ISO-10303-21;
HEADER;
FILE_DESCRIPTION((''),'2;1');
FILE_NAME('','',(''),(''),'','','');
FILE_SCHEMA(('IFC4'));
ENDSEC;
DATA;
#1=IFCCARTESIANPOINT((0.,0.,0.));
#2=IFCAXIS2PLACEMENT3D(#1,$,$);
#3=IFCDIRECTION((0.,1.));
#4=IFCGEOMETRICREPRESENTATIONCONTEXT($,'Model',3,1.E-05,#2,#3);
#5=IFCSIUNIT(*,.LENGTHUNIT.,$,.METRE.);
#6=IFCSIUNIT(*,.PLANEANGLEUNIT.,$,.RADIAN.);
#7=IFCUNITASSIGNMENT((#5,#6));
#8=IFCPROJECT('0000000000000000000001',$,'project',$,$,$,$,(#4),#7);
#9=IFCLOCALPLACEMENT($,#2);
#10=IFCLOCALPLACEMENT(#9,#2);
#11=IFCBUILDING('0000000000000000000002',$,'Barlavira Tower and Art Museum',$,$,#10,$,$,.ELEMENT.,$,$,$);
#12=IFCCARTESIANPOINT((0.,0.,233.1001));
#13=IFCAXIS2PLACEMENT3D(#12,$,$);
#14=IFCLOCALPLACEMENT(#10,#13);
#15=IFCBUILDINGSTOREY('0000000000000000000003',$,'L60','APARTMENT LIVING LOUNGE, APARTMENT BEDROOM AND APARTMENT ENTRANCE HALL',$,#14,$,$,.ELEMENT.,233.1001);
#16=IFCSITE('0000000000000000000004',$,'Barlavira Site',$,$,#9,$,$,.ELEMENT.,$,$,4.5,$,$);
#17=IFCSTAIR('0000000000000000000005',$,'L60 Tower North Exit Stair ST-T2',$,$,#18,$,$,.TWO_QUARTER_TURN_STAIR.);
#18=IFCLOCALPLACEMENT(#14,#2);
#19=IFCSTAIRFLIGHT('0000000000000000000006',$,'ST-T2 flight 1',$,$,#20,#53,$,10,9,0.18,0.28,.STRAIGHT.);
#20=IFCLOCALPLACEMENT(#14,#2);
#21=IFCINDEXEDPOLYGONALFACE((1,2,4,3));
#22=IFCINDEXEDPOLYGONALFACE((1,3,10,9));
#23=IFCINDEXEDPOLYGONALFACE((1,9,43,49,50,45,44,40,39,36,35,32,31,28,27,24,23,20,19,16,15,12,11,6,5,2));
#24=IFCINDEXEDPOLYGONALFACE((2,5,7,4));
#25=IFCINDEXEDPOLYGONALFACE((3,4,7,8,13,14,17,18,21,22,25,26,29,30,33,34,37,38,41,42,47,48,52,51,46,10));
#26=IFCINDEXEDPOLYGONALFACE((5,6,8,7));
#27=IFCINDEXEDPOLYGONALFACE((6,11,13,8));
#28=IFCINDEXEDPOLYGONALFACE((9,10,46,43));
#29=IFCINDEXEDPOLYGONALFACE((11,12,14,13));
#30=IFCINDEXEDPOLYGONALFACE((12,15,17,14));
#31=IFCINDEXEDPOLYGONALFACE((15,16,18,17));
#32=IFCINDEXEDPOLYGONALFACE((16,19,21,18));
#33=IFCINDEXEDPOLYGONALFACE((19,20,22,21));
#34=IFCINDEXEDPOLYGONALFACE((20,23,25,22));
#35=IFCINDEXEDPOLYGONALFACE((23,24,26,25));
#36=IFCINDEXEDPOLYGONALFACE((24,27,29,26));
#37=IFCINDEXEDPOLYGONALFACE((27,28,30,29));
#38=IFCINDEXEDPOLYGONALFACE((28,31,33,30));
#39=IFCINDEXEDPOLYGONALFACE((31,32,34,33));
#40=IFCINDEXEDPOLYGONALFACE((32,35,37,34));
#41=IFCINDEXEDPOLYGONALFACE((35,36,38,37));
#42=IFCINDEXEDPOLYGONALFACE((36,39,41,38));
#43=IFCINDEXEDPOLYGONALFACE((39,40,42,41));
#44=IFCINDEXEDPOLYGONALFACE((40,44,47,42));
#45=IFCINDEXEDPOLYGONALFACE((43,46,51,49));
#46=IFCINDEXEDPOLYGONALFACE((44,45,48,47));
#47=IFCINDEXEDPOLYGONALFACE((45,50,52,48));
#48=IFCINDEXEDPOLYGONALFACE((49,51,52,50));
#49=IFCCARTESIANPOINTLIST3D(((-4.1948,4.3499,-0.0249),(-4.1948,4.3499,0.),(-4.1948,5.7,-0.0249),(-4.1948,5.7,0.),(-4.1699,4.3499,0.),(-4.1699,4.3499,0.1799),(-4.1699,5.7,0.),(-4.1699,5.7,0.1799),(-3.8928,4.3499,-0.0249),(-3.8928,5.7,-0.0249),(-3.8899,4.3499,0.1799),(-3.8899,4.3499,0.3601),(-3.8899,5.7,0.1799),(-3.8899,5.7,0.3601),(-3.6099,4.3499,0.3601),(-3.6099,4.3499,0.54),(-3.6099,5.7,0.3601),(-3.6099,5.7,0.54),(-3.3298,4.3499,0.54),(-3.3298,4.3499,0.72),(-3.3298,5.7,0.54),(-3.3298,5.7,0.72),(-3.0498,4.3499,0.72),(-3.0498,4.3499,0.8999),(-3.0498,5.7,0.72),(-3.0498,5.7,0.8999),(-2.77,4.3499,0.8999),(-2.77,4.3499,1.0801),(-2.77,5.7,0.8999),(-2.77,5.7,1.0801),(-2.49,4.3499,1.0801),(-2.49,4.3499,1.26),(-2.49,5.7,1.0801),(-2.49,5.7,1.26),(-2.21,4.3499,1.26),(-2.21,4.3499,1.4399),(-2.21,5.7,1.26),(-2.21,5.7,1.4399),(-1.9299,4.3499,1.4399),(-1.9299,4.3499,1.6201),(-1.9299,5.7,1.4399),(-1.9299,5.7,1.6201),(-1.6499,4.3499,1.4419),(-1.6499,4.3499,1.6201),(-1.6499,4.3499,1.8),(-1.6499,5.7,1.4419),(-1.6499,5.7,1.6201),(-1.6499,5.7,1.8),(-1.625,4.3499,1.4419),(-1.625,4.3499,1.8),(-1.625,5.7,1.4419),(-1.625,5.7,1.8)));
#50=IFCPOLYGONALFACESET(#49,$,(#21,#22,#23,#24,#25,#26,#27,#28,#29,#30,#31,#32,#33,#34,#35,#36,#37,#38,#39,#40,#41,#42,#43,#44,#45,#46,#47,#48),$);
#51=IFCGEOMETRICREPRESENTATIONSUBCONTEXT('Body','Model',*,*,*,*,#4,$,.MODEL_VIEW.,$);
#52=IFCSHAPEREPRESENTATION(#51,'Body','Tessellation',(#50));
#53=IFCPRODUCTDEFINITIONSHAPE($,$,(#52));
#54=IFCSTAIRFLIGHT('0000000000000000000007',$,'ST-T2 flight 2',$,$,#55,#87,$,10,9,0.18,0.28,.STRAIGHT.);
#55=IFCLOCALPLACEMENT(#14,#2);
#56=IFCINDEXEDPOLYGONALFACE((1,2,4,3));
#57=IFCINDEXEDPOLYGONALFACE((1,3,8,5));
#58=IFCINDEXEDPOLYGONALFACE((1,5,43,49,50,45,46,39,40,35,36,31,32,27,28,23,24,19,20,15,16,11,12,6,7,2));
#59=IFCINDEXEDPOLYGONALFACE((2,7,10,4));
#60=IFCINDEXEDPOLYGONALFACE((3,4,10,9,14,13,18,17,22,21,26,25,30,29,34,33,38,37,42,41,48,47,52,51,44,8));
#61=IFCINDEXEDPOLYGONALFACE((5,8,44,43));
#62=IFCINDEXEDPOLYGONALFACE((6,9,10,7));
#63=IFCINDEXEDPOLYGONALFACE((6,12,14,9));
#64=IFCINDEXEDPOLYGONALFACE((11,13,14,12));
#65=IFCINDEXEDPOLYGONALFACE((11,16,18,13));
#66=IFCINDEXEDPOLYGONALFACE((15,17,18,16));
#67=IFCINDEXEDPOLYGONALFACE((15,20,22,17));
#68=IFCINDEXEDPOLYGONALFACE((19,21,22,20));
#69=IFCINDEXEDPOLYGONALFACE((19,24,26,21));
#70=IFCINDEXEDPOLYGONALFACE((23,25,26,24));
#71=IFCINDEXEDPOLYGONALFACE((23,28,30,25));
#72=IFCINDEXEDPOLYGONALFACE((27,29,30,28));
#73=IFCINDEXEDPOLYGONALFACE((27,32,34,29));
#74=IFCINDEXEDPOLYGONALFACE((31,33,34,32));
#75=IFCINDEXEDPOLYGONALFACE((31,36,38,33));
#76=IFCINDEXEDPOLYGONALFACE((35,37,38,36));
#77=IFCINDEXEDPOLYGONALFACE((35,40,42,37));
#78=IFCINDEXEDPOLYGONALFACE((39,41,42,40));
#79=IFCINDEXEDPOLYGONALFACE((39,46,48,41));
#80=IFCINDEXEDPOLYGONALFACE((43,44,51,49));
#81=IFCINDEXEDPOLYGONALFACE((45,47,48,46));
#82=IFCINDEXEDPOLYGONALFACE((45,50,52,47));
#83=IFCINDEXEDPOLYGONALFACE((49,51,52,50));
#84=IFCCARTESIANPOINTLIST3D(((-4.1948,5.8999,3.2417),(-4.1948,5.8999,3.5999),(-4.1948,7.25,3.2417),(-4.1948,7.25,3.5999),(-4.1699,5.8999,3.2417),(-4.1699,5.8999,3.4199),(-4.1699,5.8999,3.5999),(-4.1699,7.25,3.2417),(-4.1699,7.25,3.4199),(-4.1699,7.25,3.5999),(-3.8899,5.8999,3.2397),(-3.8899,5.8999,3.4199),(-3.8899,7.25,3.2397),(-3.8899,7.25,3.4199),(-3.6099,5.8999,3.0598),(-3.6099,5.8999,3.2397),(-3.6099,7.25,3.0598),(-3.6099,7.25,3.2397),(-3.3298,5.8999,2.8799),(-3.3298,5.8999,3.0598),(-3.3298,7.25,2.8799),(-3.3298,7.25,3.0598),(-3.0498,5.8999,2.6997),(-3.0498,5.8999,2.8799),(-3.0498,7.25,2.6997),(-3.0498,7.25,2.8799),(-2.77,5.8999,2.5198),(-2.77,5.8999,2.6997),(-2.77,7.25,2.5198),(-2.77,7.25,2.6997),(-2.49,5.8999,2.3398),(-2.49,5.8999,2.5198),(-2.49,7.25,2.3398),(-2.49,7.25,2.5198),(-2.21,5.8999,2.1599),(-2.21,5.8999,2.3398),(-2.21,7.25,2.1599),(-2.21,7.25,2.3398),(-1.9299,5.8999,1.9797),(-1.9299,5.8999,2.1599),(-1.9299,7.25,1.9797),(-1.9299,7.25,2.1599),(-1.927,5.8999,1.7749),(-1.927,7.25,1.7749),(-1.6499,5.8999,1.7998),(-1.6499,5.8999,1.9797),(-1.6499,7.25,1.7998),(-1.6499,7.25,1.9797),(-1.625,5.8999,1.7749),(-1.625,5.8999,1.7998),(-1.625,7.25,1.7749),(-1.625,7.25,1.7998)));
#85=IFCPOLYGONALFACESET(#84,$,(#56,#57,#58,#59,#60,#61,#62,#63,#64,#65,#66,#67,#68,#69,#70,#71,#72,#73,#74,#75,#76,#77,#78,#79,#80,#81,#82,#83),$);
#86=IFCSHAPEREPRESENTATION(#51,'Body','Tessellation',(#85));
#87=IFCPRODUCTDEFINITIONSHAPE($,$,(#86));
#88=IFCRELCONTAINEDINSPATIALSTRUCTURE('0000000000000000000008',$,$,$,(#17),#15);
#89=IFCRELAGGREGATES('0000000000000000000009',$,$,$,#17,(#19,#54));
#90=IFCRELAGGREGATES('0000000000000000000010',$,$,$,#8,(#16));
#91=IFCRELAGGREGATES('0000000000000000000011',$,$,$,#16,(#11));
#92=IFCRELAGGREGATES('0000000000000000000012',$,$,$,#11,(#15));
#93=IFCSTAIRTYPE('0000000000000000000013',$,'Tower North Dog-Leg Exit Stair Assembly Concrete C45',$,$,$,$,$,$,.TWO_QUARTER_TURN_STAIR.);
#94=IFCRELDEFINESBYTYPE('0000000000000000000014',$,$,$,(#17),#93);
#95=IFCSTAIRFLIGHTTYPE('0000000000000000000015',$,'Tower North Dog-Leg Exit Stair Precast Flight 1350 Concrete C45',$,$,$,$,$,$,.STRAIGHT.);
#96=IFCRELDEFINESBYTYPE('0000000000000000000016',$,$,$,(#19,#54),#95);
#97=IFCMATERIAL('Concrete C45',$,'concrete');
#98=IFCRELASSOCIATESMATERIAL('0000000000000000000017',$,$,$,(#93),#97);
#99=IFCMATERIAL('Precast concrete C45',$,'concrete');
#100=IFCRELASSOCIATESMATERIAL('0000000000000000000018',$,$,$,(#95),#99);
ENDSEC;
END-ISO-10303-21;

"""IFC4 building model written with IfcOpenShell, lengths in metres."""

from ifc_helpers import new_model, si_unit, direction, frame, origin, place, context, subcontext, project, spatial, polyline, outline, extrude, material, type_object, element, aggregate, save


model = new_model("IFC4")

# Units and contexts
model_context = context("Model", 3, precision=1e-05, world=origin(), true_north=direction((0.0, 1.0)))
body_context = subcontext(model_context, "Body", "Model", "MODEL_VIEW")
ifc_project = project(units=[si_unit("LENGTHUNIT", "METRE"), si_unit("PLANEANGLEUNIT", "RADIAN")], contexts=[model_context])

# Site, building, storey
site_placement = place(None, origin())
site = spatial("IfcSite", under=ifc_project, at=site_placement, Name="Barlavira Site", CompositionType="ELEMENT", RefElevation=4.5)
building_placement = place(site_placement, origin())
building = spatial("IfcBuilding", under=site, at=building_placement, Name="Barlavira Tower and Art Museum", CompositionType="ELEMENT")
storey_placement = place(building_placement, frame((0.0, 0.0, 233.1001)))
storey = spatial("IfcBuildingStorey", under=building, at=storey_placement, Name="L60", Description="APARTMENT LIVING LOUNGE, APARTMENT BEDROOM AND APARTMENT ENTRANCE HALL", CompositionType="ELEMENT", Elevation=233.1001)

# Stair, stair flights
ifc_material_1 = material(Name="Concrete C45", Category="concrete")
stair_type = type_object("IfcStairType", Name="Tower North Dog-Leg Exit Stair Assembly Concrete C45", PredefinedType="TWO_QUARTER_TURN_STAIR", material=ifc_material_1)
stair_placement = place(storey_placement, origin())
stair = element("IfcStair", 1, at=stair_placement, inside=storey, type_object=stair_type, Name="L60 Tower North Exit Stair ST-T2", PredefinedType="TWO_QUARTER_TURN_STAIR")
ifc_material_2 = material(Name="Precast concrete C45", Category="concrete")
stair_flight_type = type_object("IfcStairFlightType", Name="Tower North Dog-Leg Exit Stair Precast Flight 1350 Concrete C45", PredefinedType="STRAIGHT", material=ifc_material_2)
stair_flight_1_placement = place(storey_placement, frame((-4.1699, 5.0249, 0.0), z_axis=(0.0, 0.0, 1.0), x_axis=(1.0, 0.0, 0.0)))
stair_flight_1 = element("IfcStairFlight", 2, at=stair_flight_1_placement, type_object=stair_flight_type, Name="ST-T2 flight 1", NumberOfRisers=10, NumberOfTreads=9, PredefinedType="STRAIGHT", RiserHeight=0.18, TreadLength=0.28, context=body_context, shape_type="SweptSolid", body=[
    extrude(outline(polyline([(-0.0249, 0.0), (0.0, 0.0), (0.0, 0.1799), (0.28, 0.1799), (0.28, 0.3601), (0.5601, 0.3601), (0.5601, 0.54), (0.8401, 0.54), (0.8401, 0.72), (1.1201, 0.72), (1.1201, 0.8999), (1.3999, 0.8999), (1.3999, 1.0801), (1.6799, 1.0801), (1.6799, 1.26), (1.96, 1.26), (1.96, 1.4399), (2.24, 1.4399), (2.24, 1.6201), (2.52, 1.6201), (2.52, 1.8), (2.5449, 1.8), (2.5449, 1.4419), (2.52, 1.4419), (0.2771, -0.0249), (-0.0249, -0.0249), (-0.0249, 0.0)])), frame((0.0, 0.675, 0.0), z_axis=(0.0, -1.0, 0.0), x_axis=(1.0, 0.0, 0.0)), (0.0, 0.0, 1.0), 1.3501),
])
stair_flight_2_placement = place(storey_placement, frame((-1.6499, 6.575, 1.7998), z_axis=(0.0, 0.0, 1.0), x_axis=(-1.0, 0.0, 0.0)))
stair_flight_2 = element("IfcStairFlight", 3, at=stair_flight_2_placement, type_object=stair_flight_type, Name="ST-T2 flight 2", NumberOfRisers=10, NumberOfTreads=9, PredefinedType="STRAIGHT", RiserHeight=0.18, TreadLength=0.28, context=body_context, shape_type="SweptSolid", body=[
    extrude(outline(polyline([(-0.0249, 0.0), (0.0, 0.0), (0.0, 0.1799), (0.28, 0.1799), (0.28, 0.3601), (0.5601, 0.3601), (0.5601, 0.54), (0.8401, 0.54), (0.8401, 0.72), (1.1201, 0.72), (1.1201, 0.8999), (1.3999, 0.8999), (1.3999, 1.0801), (1.6799, 1.0801), (1.6799, 1.26), (1.96, 1.26), (1.96, 1.4399), (2.24, 1.4399), (2.24, 1.6201), (2.52, 1.6201), (2.52, 1.8), (2.5449, 1.8), (2.5449, 1.4419), (2.52, 1.4419), (0.2771, -0.0249), (-0.0249, -0.0249), (-0.0249, 0.0)])), frame((0.0, 0.675, 0.0), z_axis=(0.0, -1.0, 0.0), x_axis=(1.0, 0.0, 0.0)), (0.0, 0.0, 1.0), 1.3501),
])
aggregate(stair, [stair_flight_1, stair_flight_2])

save(model, "model.ifc")
